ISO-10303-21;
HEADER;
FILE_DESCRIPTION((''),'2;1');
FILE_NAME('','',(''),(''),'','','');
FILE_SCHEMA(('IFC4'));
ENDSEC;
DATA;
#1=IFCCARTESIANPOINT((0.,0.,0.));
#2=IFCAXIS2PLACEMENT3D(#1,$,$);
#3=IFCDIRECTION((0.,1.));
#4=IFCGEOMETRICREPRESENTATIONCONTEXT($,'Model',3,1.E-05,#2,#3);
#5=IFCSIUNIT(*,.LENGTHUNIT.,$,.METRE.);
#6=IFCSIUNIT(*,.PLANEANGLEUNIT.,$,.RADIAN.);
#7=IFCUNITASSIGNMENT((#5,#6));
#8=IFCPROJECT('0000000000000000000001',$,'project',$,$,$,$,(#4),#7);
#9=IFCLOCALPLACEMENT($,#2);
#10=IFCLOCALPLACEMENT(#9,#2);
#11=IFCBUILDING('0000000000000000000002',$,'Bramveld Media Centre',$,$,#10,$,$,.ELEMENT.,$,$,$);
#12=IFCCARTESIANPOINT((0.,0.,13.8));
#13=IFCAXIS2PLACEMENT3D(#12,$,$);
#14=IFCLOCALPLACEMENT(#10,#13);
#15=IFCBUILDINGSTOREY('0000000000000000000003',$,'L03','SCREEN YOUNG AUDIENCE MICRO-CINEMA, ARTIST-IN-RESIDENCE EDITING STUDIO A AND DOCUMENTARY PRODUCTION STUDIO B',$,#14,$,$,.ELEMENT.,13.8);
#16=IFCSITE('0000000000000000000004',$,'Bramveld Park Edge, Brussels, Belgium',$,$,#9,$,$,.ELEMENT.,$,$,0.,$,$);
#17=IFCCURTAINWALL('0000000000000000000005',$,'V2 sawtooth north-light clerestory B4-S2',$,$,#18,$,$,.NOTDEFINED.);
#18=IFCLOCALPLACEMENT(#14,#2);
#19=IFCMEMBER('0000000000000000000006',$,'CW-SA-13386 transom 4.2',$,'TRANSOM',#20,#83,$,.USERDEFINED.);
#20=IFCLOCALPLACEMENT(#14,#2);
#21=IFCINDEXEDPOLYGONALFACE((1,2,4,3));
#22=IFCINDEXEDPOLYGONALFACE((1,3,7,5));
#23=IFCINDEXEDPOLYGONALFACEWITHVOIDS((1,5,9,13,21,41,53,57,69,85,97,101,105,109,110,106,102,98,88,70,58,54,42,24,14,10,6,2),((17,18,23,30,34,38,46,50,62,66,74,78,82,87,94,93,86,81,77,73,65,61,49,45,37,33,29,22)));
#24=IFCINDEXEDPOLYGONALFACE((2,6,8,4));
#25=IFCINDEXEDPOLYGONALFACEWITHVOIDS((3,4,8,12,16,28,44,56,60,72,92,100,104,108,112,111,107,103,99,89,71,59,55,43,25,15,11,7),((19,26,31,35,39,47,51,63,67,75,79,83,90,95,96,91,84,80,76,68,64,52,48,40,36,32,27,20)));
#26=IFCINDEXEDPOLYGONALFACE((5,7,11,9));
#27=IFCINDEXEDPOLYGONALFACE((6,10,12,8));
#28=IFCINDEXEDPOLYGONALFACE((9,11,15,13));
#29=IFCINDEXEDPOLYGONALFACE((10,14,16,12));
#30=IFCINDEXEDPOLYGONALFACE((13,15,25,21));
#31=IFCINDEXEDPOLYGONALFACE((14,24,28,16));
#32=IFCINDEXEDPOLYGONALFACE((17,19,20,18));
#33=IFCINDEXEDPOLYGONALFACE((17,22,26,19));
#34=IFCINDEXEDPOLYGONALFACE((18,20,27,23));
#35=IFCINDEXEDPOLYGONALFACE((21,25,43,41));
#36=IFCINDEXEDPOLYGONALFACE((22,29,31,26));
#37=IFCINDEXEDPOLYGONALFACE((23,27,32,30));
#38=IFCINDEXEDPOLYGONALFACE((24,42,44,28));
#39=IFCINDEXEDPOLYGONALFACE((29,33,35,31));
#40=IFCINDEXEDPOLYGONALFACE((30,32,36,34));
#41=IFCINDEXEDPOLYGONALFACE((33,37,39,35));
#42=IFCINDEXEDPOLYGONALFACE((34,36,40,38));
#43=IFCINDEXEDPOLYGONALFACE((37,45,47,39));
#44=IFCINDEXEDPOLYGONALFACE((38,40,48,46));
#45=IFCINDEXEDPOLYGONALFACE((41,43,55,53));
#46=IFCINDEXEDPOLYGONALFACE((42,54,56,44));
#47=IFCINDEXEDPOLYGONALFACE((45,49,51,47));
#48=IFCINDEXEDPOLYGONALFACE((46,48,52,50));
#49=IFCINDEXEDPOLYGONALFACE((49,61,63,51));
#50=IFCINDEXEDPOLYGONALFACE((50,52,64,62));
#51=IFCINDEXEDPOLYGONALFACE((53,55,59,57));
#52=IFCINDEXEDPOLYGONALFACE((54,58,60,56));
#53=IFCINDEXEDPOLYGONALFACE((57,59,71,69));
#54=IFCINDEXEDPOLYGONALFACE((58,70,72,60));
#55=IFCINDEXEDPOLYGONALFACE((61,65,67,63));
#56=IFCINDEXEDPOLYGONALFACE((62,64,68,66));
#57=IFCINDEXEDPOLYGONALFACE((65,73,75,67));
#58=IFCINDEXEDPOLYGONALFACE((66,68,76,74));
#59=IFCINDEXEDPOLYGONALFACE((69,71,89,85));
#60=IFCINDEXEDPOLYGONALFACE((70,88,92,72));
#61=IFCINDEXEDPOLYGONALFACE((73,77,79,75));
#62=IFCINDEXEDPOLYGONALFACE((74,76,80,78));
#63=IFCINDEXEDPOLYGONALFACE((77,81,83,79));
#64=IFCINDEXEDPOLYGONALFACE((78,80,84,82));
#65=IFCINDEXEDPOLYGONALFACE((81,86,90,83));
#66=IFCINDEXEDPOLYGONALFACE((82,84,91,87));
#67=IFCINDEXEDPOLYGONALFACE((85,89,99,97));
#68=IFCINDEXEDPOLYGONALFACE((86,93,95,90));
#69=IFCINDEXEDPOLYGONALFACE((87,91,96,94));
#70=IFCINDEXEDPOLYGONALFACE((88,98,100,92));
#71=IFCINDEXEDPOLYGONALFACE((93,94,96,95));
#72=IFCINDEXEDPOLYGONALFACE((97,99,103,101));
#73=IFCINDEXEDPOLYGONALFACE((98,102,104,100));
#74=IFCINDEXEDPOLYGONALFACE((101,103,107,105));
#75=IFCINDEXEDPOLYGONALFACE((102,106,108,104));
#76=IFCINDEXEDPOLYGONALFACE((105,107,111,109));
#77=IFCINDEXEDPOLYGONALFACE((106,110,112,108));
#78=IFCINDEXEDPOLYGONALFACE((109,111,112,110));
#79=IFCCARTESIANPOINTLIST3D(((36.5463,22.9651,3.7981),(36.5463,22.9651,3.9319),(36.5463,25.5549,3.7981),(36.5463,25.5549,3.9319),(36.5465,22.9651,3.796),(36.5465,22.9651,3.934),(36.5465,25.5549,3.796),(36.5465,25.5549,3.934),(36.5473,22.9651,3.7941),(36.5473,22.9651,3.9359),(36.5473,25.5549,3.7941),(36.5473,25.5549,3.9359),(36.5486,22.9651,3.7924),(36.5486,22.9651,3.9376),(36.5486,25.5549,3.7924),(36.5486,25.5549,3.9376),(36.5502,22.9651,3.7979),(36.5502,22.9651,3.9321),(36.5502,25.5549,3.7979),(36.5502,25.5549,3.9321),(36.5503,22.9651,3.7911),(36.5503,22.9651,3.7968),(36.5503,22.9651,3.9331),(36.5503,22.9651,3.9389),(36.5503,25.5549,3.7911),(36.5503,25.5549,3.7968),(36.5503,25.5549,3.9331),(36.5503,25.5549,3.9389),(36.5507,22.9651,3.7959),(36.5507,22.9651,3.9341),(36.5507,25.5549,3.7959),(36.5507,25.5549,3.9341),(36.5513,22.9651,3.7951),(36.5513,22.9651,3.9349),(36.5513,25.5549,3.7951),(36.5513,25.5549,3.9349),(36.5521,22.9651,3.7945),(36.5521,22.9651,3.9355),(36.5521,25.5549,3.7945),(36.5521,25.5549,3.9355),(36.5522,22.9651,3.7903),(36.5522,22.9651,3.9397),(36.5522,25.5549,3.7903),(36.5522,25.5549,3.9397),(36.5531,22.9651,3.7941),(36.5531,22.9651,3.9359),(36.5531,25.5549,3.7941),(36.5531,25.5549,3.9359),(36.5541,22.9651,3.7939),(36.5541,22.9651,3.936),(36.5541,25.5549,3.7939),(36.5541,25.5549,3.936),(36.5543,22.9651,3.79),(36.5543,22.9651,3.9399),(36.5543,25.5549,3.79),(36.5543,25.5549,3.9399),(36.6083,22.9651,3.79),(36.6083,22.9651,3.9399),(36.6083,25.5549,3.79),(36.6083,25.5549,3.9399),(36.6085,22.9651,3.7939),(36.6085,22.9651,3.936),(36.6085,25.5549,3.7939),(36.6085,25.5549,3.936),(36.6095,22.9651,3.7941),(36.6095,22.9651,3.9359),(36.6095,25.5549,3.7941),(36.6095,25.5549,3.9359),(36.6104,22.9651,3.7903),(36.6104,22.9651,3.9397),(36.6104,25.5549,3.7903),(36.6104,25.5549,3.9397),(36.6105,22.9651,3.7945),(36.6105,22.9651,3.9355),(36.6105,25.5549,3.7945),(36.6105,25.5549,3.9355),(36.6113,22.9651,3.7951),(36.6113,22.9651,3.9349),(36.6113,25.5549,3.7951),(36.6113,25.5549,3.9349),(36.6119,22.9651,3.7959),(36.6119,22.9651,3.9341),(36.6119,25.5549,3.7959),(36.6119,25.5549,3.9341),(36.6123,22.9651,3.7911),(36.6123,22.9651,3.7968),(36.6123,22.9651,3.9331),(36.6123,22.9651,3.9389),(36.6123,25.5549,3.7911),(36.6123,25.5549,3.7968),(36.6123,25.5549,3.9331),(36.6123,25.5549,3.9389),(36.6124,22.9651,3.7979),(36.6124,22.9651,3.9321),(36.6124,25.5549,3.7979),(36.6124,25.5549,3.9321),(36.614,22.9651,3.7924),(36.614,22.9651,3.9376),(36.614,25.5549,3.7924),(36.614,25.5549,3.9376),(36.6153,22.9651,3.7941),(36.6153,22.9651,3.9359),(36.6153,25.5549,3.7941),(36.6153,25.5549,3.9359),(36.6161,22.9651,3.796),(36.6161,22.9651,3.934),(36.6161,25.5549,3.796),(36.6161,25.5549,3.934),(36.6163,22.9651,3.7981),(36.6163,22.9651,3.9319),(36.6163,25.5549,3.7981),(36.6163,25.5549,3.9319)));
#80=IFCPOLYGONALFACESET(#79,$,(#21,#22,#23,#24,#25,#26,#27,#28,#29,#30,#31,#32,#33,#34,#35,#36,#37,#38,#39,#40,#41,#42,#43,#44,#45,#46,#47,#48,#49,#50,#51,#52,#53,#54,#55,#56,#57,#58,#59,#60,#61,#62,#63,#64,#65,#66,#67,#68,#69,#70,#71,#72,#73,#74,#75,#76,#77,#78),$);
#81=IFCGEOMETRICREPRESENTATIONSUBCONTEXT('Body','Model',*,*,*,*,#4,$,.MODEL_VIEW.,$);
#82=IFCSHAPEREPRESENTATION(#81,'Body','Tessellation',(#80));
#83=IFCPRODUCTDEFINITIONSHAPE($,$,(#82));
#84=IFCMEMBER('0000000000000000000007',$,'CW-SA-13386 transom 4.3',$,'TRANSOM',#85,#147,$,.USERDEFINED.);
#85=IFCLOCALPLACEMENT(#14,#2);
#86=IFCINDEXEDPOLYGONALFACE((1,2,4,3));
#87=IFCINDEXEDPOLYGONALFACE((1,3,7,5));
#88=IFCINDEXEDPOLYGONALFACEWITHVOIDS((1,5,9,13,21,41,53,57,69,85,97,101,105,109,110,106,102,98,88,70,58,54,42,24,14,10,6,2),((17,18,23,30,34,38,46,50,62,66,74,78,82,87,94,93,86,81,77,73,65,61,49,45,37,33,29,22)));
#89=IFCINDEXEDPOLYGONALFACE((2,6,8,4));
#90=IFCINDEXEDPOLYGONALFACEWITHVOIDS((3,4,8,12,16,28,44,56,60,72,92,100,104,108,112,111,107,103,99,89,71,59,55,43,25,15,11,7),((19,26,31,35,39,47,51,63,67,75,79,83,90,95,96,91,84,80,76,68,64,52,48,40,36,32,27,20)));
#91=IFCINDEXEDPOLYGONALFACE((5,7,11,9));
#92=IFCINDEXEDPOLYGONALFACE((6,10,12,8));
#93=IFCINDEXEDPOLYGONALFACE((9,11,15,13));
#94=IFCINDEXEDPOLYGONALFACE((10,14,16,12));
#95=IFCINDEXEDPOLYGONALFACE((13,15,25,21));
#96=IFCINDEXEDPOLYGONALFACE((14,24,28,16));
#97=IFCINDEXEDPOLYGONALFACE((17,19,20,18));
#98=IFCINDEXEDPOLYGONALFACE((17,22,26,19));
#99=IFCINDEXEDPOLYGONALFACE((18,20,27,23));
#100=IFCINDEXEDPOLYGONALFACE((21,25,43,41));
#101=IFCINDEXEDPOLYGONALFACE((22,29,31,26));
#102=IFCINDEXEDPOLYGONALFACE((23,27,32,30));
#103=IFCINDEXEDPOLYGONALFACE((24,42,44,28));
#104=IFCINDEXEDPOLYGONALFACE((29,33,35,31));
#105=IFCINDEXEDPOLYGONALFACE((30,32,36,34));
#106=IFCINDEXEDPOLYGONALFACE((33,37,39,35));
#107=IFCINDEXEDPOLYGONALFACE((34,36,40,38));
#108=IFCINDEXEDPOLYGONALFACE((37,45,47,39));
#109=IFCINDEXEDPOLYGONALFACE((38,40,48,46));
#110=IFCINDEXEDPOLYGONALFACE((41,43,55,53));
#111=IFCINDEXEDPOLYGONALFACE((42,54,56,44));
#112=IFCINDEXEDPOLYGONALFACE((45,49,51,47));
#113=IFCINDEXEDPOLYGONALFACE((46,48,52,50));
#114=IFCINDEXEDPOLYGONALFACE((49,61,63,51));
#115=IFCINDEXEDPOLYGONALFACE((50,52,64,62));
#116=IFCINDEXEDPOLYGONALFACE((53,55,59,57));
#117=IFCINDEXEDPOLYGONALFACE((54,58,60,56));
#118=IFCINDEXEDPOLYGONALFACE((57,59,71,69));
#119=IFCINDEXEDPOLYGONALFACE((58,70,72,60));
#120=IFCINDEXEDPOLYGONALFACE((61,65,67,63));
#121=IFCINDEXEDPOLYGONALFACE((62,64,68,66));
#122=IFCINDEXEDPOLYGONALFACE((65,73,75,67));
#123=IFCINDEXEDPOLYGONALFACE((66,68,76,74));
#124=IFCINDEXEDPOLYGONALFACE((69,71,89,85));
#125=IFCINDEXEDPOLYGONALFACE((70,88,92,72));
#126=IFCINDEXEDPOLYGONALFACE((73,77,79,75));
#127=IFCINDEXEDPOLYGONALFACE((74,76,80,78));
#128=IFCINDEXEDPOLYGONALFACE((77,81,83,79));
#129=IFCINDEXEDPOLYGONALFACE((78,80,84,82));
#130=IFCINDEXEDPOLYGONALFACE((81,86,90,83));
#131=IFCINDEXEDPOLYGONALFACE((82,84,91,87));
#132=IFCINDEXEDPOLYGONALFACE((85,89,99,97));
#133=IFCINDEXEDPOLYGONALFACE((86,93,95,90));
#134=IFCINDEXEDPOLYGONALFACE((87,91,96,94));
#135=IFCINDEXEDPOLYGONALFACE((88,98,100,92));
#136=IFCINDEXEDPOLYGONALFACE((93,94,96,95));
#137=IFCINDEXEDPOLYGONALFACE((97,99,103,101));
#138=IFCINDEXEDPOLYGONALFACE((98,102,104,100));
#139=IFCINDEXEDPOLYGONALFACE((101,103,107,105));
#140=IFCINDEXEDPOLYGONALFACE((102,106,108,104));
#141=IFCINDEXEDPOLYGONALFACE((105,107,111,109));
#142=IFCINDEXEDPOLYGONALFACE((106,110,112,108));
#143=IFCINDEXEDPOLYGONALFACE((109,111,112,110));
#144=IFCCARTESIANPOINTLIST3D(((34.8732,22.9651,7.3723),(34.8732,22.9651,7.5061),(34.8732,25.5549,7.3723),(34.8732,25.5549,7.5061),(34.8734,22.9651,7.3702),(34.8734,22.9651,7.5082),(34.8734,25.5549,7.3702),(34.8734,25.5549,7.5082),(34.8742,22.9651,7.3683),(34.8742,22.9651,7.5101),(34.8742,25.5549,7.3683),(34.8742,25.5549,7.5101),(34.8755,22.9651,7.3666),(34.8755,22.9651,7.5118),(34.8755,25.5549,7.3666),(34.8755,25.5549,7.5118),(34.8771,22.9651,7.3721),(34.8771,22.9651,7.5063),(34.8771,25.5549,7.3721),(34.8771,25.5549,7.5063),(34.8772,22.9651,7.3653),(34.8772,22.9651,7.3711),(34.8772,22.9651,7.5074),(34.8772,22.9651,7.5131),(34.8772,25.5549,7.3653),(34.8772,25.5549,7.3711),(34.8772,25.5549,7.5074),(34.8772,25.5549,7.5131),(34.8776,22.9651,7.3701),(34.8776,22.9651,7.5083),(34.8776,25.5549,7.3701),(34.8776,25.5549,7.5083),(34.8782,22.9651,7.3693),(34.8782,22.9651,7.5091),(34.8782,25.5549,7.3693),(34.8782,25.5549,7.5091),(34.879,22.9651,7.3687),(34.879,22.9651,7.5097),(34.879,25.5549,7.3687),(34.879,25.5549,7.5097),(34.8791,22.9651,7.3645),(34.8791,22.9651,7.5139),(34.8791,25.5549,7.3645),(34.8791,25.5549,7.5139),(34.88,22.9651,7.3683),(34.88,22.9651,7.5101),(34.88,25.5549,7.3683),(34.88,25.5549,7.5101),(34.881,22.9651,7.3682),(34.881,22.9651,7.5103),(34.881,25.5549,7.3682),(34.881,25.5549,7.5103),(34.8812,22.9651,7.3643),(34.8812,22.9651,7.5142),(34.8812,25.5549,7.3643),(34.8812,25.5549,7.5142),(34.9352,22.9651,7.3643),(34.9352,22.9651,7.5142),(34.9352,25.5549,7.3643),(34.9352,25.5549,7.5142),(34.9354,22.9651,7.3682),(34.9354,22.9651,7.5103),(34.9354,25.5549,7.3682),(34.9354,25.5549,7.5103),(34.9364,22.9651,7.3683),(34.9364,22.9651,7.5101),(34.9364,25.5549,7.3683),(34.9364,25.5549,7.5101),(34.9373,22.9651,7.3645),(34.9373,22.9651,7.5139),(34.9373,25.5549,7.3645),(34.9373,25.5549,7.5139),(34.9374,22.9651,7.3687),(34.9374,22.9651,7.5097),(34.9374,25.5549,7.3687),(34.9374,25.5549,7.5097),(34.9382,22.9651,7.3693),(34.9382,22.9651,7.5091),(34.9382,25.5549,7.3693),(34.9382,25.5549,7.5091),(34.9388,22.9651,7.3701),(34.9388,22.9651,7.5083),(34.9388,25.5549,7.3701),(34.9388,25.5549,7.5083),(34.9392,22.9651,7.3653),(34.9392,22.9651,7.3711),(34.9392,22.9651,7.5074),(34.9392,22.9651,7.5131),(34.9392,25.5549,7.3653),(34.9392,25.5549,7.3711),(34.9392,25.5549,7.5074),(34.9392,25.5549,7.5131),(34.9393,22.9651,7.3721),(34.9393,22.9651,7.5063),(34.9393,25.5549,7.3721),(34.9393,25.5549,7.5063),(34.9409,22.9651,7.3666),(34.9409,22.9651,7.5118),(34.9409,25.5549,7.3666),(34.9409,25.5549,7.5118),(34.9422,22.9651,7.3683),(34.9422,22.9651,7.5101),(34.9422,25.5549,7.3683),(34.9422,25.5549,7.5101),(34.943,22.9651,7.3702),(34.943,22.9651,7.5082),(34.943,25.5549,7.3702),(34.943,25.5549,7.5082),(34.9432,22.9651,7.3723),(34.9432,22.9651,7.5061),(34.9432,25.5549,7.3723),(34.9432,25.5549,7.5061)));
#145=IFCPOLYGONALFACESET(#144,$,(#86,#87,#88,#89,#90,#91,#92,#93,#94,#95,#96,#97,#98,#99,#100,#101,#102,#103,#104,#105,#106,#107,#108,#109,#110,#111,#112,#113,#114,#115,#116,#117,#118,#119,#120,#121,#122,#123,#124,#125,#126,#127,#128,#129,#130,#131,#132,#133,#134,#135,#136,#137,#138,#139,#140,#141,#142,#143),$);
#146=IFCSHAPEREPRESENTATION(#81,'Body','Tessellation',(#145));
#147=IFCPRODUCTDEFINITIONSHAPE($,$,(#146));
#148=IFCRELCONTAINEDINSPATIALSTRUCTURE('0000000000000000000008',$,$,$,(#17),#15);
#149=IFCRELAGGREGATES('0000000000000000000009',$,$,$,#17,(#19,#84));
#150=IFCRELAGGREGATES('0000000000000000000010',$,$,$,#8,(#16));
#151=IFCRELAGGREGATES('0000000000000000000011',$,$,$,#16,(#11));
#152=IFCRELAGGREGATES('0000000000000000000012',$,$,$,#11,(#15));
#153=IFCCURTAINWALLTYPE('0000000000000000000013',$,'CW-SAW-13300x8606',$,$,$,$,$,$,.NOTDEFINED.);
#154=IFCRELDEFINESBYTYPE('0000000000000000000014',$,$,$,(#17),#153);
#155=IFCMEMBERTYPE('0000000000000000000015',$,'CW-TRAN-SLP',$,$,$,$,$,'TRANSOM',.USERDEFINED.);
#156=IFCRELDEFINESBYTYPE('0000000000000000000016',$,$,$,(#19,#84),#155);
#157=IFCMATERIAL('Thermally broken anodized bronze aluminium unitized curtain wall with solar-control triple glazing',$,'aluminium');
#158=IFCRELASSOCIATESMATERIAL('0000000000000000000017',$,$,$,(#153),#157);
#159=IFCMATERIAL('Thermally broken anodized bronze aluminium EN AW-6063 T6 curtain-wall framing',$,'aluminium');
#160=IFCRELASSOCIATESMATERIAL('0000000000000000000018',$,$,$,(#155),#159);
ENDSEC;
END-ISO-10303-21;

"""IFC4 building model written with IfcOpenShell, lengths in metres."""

from ifc_helpers import new_model, si_unit, direction, frame, origin, origin_2d, place, context, subcontext, project, spatial, hollow_rectangle, extrude, material, material_profile, profile_set, type_object, element, aggregate, save


model = new_model("IFC4")

# Units and contexts
model_context = context("Model", 3, precision=1e-05, world=origin(), true_north=direction((0.0, 1.0)))
body_context = subcontext(model_context, "Body", "Model", "MODEL_VIEW")
ifc_project = project(units=[si_unit("LENGTHUNIT", "METRE"), si_unit("PLANEANGLEUNIT", "RADIAN")], contexts=[model_context])

# Site, building, storey
site_placement = place(None, origin())
site = spatial("IfcSite", under=ifc_project, at=site_placement, Name="Bramveld Park Edge, Brussels, Belgium", CompositionType="ELEMENT", RefElevation=0.0)
building_placement = place(site_placement, origin())
building = spatial("IfcBuilding", under=site, at=building_placement, Name="Bramveld Media Centre", CompositionType="ELEMENT")
storey_placement = place(building_placement, frame((0.0, 0.0, 13.8)))
storey = spatial("IfcBuildingStorey", under=building, at=storey_placement, Name="L03", Description="SCREEN YOUNG AUDIENCE MICRO-CINEMA, ARTIST-IN-RESIDENCE EDITING STUDIO A AND DOCUMENTARY PRODUCTION STUDIO B", CompositionType="ELEMENT", Elevation=13.8)

# Curtain wall, members
ifc_material_1 = material(Name="Thermally broken anodized bronze aluminium unitized curtain wall with solar-control triple glazing", Category="aluminium")
curtain_wall_type_1 = type_object("IfcCurtainWallType", Name="CW-SAW-13300x8606", PredefinedType="NOTDEFINED", material=ifc_material_1)
curtain_wall_1_placement = place(storey_placement, origin())
curtain_wall_1 = element("IfcCurtainWall", 1, at=curtain_wall_1_placement, inside=storey, type_object=curtain_wall_type_1, Name="V2 sawtooth north-light clerestory B4-S2", PredefinedType="NOTDEFINED")
ifc_material_2 = material(Name="Thermally broken anodized bronze aluminium EN AW-6063 T6 curtain-wall framing", Category="aluminium")
ifc_material_profile_1 = material_profile(ifc_material_2, hollow_rectangle(XDim=0.0701, YDim=0.1499, WallThickness=0.0039, InnerFilletRadius=0.0039, OuterFilletRadius=0.0081, at=origin_2d()), Name="AL-TRAN 70x150")
ifc_profile_set_1 = profile_set([ifc_material_profile_1], Name="Thermally broken anodized bronze aluminium EN AW-6063 T6 curtain-wall framing")
member_type_1 = type_object("IfcMemberType", Name="CW-TRAN-SLP", ElementType="TRANSOM", PredefinedType="USERDEFINED", material=ifc_profile_set_1)
member_1_placement = place(storey_placement, frame((36.5813, 22.9651, 3.865), z_axis=(0.0, 1.0, 0.0), x_axis=(-1.0, 0.0, 0.0)))
member_1 = element("IfcMember", 2, at=member_1_placement, type_object=member_type_1, Name="CW-SA-13386 transom 4.2", ObjectType="TRANSOM", PredefinedType="USERDEFINED", context=body_context, shape_type="SweptSolid", body=[
    extrude(hollow_rectangle(XDim=0.0701, YDim=0.1499, WallThickness=0.0039, InnerFilletRadius=0.0039, OuterFilletRadius=0.0081, at=origin_2d()), origin(), (0.0, 0.0, 1.0), 2.5898),
])
member_2_placement = place(storey_placement, frame((34.9082, 22.9651, 7.4392), z_axis=(0.0, 1.0, 0.0), x_axis=(-1.0, 0.0, 0.0)))
member_2 = element("IfcMember", 3, at=member_2_placement, type_object=member_type_1, Name="CW-SA-13386 transom 4.3", ObjectType="TRANSOM", PredefinedType="USERDEFINED", context=body_context, shape_type="SweptSolid", body=[
    extrude(hollow_rectangle(XDim=0.0701, YDim=0.1499, WallThickness=0.0039, InnerFilletRadius=0.0039, OuterFilletRadius=0.0081, at=origin_2d()), origin(), (0.0, 0.0, 1.0), 2.5898),
])

aggregate(curtain_wall_1, [member_1, member_2])

save(model, "model.ifc")
